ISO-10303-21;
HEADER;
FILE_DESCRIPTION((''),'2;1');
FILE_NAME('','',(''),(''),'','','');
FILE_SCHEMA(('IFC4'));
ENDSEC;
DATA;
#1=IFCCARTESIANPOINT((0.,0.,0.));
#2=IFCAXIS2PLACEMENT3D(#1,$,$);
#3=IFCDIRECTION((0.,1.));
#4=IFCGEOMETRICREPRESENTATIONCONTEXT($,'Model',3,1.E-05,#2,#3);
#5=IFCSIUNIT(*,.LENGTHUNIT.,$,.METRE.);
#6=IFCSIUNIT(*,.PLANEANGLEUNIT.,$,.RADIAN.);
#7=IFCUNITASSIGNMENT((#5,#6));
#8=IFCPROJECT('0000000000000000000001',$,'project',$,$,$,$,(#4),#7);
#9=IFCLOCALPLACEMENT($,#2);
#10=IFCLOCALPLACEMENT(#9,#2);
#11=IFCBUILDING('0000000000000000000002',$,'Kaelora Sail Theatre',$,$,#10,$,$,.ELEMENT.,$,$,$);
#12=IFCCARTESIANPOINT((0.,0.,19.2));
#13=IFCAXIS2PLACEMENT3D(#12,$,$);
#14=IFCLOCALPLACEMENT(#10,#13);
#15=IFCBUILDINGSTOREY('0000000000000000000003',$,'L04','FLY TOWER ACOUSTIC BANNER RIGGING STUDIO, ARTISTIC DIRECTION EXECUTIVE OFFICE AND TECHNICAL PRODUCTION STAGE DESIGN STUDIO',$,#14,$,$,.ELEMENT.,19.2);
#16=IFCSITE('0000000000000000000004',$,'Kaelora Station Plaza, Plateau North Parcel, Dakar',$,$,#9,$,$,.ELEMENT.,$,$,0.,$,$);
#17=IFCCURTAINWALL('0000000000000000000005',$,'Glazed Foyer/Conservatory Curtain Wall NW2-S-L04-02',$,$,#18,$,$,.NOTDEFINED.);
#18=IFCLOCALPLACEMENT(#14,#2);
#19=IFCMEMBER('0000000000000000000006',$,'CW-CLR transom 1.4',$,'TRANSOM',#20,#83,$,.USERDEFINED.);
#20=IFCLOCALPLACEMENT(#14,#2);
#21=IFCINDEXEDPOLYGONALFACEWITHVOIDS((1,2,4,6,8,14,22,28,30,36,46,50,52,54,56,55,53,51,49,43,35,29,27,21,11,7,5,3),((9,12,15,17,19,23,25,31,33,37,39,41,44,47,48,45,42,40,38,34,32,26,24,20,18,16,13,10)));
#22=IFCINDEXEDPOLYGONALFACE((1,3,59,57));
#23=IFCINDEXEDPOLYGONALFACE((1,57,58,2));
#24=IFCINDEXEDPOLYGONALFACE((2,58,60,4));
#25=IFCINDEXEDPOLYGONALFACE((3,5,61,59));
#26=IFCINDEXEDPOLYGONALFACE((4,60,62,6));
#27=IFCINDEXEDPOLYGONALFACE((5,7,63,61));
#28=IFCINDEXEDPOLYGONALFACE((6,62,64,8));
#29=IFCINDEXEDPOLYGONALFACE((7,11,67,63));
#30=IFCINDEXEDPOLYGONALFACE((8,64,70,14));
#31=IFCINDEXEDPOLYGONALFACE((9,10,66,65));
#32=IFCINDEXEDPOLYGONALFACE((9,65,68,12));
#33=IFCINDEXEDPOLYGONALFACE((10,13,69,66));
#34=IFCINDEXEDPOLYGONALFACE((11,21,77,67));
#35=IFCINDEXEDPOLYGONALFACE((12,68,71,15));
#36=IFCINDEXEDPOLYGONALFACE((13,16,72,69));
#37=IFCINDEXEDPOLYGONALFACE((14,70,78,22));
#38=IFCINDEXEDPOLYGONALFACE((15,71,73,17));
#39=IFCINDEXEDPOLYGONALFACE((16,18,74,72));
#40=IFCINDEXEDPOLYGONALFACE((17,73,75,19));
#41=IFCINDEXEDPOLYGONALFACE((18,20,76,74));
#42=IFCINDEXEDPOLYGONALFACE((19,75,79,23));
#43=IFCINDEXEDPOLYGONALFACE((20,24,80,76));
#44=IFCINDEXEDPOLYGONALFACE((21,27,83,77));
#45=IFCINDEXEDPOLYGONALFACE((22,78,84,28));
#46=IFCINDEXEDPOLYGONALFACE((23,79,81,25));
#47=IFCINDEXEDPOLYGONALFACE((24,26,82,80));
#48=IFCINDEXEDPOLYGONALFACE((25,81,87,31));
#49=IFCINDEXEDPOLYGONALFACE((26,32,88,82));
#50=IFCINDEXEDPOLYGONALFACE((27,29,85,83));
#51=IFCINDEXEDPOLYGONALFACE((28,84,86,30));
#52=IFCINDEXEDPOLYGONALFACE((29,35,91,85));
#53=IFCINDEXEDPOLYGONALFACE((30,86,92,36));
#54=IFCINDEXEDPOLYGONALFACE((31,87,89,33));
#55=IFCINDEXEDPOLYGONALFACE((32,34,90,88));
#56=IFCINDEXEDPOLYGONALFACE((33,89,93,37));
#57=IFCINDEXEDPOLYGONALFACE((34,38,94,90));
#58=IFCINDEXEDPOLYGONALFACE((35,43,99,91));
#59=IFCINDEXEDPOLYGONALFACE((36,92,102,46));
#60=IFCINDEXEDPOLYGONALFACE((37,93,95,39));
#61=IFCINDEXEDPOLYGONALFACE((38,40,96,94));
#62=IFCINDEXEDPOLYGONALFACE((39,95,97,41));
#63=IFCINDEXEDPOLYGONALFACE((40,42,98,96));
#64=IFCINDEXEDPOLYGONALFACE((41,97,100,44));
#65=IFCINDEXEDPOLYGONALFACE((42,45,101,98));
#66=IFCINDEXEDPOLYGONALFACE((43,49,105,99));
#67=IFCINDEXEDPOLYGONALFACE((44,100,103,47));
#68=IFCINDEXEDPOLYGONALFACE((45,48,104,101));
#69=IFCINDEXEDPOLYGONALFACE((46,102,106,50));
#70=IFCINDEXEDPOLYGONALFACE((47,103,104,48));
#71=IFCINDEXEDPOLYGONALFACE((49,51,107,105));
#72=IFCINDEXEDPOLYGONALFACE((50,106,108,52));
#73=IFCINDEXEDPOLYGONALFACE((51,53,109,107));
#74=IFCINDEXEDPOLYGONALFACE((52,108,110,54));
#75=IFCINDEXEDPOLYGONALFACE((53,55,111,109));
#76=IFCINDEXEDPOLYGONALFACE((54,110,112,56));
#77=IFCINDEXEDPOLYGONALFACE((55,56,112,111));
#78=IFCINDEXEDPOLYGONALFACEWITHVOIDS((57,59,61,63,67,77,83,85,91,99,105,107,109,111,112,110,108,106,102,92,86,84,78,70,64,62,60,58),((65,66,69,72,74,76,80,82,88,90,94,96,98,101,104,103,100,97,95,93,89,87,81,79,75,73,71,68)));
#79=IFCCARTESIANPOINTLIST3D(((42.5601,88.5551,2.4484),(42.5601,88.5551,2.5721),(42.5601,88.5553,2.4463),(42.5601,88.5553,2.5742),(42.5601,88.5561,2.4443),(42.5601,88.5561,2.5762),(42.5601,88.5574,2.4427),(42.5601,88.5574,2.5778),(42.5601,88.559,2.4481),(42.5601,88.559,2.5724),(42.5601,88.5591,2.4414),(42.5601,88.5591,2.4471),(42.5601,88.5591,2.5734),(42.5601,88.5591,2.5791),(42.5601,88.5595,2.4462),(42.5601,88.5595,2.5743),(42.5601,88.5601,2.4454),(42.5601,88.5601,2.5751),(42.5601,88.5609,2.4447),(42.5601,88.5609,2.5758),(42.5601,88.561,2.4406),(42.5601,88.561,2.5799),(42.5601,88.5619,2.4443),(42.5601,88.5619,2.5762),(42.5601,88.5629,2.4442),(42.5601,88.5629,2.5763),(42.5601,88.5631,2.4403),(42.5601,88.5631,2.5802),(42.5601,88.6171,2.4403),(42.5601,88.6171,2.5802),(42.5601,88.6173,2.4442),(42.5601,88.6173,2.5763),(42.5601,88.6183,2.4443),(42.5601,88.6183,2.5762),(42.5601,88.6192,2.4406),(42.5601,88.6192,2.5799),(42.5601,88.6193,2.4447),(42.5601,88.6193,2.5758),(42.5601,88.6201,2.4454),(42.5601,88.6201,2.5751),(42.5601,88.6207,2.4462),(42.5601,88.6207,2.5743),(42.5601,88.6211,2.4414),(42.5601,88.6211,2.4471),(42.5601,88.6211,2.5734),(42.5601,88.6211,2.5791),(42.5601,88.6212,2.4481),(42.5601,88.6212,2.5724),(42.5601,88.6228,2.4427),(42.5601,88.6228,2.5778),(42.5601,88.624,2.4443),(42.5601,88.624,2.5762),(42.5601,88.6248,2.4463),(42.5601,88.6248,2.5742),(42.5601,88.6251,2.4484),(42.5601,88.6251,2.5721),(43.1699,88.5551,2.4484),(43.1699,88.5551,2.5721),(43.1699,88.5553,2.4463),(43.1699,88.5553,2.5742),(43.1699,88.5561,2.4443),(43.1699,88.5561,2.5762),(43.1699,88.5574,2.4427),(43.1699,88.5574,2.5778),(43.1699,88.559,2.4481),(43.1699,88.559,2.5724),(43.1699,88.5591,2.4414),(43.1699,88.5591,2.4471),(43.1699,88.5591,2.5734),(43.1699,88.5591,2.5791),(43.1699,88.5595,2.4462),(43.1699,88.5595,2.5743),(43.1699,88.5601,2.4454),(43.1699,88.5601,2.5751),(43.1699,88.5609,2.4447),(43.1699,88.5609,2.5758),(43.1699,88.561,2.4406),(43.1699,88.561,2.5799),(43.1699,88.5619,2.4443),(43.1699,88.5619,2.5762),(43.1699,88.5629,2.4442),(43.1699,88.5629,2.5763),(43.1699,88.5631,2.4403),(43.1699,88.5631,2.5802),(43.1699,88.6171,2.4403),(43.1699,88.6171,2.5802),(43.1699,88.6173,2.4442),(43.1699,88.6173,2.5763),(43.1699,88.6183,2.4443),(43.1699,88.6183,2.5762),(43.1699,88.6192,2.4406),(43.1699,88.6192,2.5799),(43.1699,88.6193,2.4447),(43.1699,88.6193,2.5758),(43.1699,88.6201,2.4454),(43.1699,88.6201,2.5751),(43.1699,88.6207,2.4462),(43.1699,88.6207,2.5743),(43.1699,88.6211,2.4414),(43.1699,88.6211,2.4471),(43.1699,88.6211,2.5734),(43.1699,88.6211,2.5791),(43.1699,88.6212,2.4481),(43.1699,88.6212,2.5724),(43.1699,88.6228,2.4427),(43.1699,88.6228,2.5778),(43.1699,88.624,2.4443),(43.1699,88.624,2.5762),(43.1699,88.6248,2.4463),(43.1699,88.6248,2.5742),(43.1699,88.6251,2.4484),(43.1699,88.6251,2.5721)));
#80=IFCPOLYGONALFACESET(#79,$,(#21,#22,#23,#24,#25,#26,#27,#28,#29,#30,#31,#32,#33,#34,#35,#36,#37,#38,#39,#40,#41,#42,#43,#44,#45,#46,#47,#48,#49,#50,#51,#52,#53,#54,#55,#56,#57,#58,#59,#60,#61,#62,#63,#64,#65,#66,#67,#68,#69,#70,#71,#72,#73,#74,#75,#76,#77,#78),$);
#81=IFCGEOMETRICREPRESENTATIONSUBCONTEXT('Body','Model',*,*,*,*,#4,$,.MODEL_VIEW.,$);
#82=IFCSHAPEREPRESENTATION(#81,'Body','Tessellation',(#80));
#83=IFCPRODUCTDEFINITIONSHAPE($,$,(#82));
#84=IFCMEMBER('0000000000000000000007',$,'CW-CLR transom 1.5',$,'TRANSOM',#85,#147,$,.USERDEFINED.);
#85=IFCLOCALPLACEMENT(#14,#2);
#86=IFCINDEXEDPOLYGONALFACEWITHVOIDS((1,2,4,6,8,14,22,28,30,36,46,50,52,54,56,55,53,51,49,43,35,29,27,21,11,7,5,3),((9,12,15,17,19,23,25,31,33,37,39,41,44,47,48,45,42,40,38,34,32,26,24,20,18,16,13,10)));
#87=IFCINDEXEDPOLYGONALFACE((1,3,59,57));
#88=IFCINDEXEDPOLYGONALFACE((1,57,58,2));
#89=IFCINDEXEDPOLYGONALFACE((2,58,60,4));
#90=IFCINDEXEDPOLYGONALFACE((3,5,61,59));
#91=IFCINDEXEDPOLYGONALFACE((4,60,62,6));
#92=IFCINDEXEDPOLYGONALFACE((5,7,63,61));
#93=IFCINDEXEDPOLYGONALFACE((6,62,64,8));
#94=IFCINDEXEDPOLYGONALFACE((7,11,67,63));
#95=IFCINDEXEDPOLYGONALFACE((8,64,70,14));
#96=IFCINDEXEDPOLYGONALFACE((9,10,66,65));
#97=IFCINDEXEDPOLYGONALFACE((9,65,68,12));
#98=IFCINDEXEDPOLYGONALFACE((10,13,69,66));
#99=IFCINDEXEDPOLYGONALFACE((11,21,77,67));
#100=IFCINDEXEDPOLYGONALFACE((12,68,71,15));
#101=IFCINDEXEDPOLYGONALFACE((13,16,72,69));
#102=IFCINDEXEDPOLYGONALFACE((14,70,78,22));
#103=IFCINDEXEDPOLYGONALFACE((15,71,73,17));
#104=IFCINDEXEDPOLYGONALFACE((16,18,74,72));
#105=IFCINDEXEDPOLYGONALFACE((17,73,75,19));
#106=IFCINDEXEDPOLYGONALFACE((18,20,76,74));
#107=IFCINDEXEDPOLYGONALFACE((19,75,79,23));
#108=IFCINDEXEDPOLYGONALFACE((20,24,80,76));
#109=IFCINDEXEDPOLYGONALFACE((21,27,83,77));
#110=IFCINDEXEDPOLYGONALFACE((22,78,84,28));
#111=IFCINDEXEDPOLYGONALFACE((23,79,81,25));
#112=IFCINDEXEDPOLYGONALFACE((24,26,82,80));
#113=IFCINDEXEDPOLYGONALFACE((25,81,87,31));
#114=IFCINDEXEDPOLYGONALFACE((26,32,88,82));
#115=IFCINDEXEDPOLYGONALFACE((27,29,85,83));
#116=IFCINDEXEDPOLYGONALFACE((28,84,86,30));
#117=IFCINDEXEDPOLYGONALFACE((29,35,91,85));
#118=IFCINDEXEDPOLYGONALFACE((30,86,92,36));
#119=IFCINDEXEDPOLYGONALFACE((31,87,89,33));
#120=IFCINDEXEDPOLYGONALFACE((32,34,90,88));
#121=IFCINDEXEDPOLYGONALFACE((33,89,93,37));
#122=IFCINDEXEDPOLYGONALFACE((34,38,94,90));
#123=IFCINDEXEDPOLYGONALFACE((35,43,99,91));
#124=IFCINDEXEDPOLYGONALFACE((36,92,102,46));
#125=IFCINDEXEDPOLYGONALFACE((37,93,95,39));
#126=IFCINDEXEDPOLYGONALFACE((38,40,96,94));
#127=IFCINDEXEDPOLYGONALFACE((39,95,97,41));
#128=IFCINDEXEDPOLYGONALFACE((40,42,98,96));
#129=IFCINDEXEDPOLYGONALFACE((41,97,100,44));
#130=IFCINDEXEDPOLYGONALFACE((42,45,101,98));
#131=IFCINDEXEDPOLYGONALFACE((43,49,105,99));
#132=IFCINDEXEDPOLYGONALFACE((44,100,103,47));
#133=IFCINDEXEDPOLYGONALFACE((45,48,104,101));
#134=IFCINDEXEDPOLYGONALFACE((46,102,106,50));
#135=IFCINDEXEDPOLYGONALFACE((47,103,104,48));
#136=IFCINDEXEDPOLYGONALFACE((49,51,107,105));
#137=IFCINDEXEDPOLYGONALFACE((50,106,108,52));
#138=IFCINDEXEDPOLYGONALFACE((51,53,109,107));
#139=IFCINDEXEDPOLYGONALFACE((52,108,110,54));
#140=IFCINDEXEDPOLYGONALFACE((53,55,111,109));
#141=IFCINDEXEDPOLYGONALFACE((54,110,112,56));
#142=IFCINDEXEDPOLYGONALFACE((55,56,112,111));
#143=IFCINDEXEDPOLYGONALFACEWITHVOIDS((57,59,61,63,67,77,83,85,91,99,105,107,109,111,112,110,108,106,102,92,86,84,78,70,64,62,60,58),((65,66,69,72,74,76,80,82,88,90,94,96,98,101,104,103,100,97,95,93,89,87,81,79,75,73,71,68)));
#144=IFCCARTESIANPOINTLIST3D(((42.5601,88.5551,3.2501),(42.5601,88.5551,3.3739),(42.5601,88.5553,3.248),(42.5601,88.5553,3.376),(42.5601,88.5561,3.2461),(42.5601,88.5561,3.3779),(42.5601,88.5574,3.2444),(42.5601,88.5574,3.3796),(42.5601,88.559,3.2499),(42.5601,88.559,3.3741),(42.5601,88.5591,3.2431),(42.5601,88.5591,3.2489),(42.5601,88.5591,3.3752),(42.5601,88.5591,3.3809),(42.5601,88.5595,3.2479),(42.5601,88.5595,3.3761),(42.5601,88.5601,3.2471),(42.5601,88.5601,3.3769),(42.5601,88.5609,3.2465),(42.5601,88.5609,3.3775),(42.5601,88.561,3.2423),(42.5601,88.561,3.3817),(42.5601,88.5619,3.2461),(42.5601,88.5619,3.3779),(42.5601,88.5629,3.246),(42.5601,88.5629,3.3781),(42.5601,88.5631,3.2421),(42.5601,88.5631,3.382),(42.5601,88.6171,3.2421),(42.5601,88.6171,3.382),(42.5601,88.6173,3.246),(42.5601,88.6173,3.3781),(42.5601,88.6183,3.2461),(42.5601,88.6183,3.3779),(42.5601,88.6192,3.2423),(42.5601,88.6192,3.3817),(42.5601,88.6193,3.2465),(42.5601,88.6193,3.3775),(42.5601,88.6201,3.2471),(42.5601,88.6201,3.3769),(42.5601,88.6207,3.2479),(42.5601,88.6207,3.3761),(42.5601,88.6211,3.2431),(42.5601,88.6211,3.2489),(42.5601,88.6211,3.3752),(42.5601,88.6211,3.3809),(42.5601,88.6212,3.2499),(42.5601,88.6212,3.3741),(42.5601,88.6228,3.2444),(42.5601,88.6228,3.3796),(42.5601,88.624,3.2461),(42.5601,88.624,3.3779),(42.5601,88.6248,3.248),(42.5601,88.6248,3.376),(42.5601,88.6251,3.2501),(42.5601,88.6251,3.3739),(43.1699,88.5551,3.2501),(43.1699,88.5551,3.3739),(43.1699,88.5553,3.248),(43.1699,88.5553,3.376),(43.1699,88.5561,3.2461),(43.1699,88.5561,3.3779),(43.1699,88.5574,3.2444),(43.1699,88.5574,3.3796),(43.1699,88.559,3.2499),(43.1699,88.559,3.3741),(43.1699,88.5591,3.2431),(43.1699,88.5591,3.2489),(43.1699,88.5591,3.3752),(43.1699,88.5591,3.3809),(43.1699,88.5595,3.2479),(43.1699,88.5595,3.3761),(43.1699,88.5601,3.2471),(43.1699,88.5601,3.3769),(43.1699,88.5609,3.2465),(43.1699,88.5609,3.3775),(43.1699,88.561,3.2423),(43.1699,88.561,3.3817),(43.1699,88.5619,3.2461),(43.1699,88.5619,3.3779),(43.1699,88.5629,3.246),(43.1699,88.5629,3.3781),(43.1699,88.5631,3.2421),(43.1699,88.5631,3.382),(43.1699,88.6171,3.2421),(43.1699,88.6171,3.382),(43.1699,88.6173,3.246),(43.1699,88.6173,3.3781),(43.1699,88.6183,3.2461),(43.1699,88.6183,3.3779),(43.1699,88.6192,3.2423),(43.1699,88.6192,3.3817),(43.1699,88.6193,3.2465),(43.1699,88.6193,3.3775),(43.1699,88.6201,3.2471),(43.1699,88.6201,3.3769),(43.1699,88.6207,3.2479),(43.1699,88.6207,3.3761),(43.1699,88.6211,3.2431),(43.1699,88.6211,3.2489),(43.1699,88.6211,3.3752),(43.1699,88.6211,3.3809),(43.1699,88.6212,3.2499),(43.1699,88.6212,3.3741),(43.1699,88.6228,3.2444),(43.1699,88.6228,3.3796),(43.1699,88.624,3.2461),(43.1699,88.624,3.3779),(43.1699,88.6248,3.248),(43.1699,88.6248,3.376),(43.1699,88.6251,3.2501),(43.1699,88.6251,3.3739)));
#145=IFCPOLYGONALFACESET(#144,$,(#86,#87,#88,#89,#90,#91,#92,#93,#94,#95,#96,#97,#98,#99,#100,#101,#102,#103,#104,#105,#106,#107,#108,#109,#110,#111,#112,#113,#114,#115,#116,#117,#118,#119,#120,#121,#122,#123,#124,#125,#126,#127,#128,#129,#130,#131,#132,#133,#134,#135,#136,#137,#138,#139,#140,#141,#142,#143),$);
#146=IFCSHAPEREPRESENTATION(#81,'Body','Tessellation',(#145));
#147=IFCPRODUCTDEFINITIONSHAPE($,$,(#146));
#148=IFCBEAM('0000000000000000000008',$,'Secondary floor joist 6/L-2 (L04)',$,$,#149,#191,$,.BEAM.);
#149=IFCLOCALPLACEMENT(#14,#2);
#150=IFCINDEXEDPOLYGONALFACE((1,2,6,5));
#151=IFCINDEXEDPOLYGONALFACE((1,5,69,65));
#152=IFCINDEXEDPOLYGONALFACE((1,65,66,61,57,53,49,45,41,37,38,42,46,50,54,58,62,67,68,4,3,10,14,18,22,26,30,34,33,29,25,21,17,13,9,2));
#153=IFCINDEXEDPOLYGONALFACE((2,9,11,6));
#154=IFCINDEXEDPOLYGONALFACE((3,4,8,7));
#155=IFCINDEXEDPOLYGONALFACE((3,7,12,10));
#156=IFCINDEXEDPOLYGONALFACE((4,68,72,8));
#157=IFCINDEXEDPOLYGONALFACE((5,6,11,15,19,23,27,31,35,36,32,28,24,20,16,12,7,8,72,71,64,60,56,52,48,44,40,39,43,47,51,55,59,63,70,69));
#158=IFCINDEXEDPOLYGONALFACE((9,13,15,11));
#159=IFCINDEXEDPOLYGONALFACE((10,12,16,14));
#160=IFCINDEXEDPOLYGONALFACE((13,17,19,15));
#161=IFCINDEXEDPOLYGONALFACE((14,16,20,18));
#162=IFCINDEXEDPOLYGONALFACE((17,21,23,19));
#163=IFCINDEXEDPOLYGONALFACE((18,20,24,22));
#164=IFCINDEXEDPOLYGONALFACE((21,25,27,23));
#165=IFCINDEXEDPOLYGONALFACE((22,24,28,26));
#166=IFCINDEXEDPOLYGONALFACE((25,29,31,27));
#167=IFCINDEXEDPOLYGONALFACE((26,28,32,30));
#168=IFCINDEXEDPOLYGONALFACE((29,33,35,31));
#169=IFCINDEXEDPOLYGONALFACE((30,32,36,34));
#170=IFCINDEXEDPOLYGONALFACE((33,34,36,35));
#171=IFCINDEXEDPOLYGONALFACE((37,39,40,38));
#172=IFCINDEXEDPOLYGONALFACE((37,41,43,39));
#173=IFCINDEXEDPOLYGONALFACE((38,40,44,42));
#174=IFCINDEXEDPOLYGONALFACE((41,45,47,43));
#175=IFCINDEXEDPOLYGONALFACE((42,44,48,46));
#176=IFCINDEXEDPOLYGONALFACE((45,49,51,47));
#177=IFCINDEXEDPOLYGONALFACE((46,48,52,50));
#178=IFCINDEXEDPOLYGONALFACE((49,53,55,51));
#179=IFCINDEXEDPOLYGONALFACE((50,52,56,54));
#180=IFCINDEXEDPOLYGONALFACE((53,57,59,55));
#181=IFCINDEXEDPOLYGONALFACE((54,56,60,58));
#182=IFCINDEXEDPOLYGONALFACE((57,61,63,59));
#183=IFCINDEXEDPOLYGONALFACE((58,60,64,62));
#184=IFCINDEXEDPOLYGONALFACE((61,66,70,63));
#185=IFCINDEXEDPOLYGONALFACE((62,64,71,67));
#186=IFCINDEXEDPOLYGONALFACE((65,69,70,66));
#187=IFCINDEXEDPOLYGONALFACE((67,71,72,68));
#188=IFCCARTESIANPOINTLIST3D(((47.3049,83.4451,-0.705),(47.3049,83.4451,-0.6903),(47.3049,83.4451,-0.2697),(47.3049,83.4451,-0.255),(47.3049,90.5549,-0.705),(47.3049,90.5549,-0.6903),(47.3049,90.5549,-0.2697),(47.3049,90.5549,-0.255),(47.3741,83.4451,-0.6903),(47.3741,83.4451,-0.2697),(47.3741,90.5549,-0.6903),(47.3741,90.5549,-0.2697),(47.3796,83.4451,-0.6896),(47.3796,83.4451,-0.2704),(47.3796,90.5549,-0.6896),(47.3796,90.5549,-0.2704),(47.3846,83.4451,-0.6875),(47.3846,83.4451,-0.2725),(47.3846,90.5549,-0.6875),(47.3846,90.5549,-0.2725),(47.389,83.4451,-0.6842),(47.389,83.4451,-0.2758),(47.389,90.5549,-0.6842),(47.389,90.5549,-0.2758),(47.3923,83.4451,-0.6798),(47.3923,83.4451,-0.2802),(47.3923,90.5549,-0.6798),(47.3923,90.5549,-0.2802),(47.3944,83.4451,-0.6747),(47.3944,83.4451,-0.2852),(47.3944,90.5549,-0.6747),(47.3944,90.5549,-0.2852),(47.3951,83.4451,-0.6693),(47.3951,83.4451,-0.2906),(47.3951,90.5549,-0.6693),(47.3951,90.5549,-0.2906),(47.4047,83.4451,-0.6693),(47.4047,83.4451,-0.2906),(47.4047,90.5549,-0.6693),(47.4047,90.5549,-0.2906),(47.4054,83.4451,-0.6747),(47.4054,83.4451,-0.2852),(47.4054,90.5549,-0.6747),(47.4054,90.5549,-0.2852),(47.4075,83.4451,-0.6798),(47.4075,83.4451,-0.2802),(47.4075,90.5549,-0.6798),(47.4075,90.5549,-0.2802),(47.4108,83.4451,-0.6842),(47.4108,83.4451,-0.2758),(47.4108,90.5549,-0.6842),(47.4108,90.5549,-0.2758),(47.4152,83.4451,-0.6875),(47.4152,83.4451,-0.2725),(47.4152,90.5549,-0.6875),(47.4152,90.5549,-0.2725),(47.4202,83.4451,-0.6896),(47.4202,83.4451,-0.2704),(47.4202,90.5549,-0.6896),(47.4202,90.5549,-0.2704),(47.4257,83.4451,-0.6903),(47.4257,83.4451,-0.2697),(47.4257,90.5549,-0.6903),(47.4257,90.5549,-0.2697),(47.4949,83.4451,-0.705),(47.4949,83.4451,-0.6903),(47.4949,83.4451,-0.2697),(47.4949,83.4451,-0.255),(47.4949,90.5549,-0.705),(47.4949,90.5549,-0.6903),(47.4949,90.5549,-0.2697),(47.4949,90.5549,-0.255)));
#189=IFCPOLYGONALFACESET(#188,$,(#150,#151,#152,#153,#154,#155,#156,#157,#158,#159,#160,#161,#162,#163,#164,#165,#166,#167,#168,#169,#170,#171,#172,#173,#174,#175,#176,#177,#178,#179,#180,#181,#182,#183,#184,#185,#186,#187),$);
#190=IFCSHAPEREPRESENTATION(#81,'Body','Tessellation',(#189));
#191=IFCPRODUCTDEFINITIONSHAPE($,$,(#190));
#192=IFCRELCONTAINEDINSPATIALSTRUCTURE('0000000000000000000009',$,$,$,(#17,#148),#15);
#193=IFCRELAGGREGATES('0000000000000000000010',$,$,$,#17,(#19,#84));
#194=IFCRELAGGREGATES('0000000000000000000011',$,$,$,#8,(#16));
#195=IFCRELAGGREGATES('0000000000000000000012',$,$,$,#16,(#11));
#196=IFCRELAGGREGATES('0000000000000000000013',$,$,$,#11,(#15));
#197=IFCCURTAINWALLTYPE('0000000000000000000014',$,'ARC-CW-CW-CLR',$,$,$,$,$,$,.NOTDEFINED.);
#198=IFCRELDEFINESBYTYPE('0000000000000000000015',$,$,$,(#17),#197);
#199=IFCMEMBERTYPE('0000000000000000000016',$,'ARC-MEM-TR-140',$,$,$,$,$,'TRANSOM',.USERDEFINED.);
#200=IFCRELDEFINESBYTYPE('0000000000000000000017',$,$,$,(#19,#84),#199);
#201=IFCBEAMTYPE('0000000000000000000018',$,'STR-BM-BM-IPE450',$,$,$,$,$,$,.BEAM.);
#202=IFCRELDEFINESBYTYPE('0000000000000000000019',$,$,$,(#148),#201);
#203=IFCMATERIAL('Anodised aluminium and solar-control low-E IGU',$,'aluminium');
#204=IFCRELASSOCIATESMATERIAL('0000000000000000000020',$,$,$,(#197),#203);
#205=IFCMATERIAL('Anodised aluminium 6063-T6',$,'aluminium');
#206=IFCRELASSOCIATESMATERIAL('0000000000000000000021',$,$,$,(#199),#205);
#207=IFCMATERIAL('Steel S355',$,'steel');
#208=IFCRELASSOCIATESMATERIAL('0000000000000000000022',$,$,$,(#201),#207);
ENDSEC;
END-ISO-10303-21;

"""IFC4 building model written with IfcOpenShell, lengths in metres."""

from ifc_helpers import new_model, si_unit, direction, frame, origin, origin_2d, place, context, subcontext, project, spatial, hollow_rectangle, i_section, extrude, material, material_profile, profile_set, type_object, element, aggregate, save


model = new_model("IFC4")

# Units and contexts
model_context = context("Model", 3, precision=1e-05, world=origin(), true_north=direction((0.0, 1.0)))
body_context = subcontext(model_context, "Body", "Model", "MODEL_VIEW")
ifc_project = project(units=[si_unit("LENGTHUNIT", "METRE"), si_unit("PLANEANGLEUNIT", "RADIAN")], contexts=[model_context])

# Site, building, storey
site_placement = place(None, origin())
site = spatial("IfcSite", under=ifc_project, at=site_placement, Name="Kaelora Station Plaza, Plateau North Parcel, Dakar", CompositionType="ELEMENT", RefElevation=0.0)
building_placement = place(site_placement, origin())
building = spatial("IfcBuilding", under=site, at=building_placement, Name="Kaelora Sail Theatre", CompositionType="ELEMENT")
storey_placement = place(building_placement, frame((0.0, 0.0, 19.2)))
storey = spatial("IfcBuildingStorey", under=building, at=storey_placement, Name="L04", Description="FLY TOWER ACOUSTIC BANNER RIGGING STUDIO, ARTISTIC DIRECTION EXECUTIVE OFFICE AND TECHNICAL PRODUCTION STAGE DESIGN STUDIO", CompositionType="ELEMENT", Elevation=19.2)

# Curtain wall, members
ifc_material_1 = material(Name="Anodised aluminium and solar-control low-E IGU", Category="aluminium")
curtain_wall_type = type_object("IfcCurtainWallType", Name="ARC-CW-CW-CLR", PredefinedType="NOTDEFINED", material=ifc_material_1)
curtain_wall_placement = place(storey_placement, origin())
curtain_wall = element("IfcCurtainWall", 1, at=curtain_wall_placement, inside=storey, type_object=curtain_wall_type, Name="Glazed Foyer/Conservatory Curtain Wall NW2-S-L04-02", PredefinedType="NOTDEFINED")
ifc_material_2 = material(Name="Anodised aluminium 6063-T6", Category="aluminium")
ifc_material_profile_1 = material_profile(ifc_material_2, hollow_rectangle(XDim=0.0701, YDim=0.1399, WallThickness=0.0039, InnerFilletRadius=0.0039, OuterFilletRadius=0.0081, at=origin_2d()), Name="ALU-TRAN 70x140x4")
ifc_profile_set_1 = profile_set([ifc_material_profile_1], Name="Anodised aluminium 6063-T6")
member_type_1 = type_object("IfcMemberType", Name="ARC-MEM-TR-140", ElementType="TRANSOM", PredefinedType="USERDEFINED", material=ifc_profile_set_1)
member_1_placement = place(storey_placement, frame((42.5601, 88.5901, 2.5103), z_axis=(1.0, 0.0, 0.0), x_axis=(0.0, 1.0, 0.0)))
member_1 = element("IfcMember", 2, at=member_1_placement, type_object=member_type_1, Name="CW-CLR transom 1.4", ObjectType="TRANSOM", PredefinedType="USERDEFINED", context=body_context, shape_type="SweptSolid", body=[
    extrude(hollow_rectangle(XDim=0.0701, YDim=0.1399, WallThickness=0.0039, InnerFilletRadius=0.0039, OuterFilletRadius=0.0081, at=origin_2d()), origin(), (0.0, 0.0, 1.0), 0.6099),
])
member_2_placement = place(storey_placement, frame((42.5601, 88.5901, 3.312), z_axis=(1.0, 0.0, 0.0), x_axis=(0.0, 1.0, 0.0)))
member_2 = element("IfcMember", 3, at=member_2_placement, type_object=member_type_1, Name="CW-CLR transom 1.5", ObjectType="TRANSOM", PredefinedType="USERDEFINED", context=body_context, shape_type="SweptSolid", body=[
    extrude(hollow_rectangle(XDim=0.0701, YDim=0.1399, WallThickness=0.0039, InnerFilletRadius=0.0039, OuterFilletRadius=0.0081, at=origin_2d()), origin(), (0.0, 0.0, 1.0), 0.6099),
])

# Beam
ifc_material_3 = material(Name="Steel S355", Category="steel")
ifc_material_profile_2 = material_profile(ifc_material_3, i_section(OverallWidth=0.1899, OverallDepth=0.45, WebThickness=0.0095, FlangeThickness=0.0146, FilletRadius=0.021, at=origin_2d()), Name="IPE 450")
ifc_profile_set_2 = profile_set([ifc_material_profile_2], Name="Steel S355")
beam_type_1 = type_object("IfcBeamType", Name="STR-BM-BM-IPE450", PredefinedType="BEAM", material=ifc_profile_set_2)
beam_1_placement = place(storey_placement, frame((47.3999, 83.4451, -0.48), z_axis=(0.0, 1.0, 0.0), x_axis=(-1.0, 0.0, 0.0)))
element("IfcBeam", 4, at=beam_1_placement, inside=storey, type_object=beam_type_1, Name="Secondary floor joist 6/L-2 (L04)", PredefinedType="BEAM", context=body_context, shape_type="SweptSolid", body=[
    extrude(i_section(OverallWidth=0.1899, OverallDepth=0.45, WebThickness=0.0095, FlangeThickness=0.0146, FilletRadius=0.021, at=origin_2d()), origin(), (0.0, 0.0, 1.0), 7.1099),
])

aggregate(curtain_wall, [member_1, member_2])

save(model, "model.ifc")
